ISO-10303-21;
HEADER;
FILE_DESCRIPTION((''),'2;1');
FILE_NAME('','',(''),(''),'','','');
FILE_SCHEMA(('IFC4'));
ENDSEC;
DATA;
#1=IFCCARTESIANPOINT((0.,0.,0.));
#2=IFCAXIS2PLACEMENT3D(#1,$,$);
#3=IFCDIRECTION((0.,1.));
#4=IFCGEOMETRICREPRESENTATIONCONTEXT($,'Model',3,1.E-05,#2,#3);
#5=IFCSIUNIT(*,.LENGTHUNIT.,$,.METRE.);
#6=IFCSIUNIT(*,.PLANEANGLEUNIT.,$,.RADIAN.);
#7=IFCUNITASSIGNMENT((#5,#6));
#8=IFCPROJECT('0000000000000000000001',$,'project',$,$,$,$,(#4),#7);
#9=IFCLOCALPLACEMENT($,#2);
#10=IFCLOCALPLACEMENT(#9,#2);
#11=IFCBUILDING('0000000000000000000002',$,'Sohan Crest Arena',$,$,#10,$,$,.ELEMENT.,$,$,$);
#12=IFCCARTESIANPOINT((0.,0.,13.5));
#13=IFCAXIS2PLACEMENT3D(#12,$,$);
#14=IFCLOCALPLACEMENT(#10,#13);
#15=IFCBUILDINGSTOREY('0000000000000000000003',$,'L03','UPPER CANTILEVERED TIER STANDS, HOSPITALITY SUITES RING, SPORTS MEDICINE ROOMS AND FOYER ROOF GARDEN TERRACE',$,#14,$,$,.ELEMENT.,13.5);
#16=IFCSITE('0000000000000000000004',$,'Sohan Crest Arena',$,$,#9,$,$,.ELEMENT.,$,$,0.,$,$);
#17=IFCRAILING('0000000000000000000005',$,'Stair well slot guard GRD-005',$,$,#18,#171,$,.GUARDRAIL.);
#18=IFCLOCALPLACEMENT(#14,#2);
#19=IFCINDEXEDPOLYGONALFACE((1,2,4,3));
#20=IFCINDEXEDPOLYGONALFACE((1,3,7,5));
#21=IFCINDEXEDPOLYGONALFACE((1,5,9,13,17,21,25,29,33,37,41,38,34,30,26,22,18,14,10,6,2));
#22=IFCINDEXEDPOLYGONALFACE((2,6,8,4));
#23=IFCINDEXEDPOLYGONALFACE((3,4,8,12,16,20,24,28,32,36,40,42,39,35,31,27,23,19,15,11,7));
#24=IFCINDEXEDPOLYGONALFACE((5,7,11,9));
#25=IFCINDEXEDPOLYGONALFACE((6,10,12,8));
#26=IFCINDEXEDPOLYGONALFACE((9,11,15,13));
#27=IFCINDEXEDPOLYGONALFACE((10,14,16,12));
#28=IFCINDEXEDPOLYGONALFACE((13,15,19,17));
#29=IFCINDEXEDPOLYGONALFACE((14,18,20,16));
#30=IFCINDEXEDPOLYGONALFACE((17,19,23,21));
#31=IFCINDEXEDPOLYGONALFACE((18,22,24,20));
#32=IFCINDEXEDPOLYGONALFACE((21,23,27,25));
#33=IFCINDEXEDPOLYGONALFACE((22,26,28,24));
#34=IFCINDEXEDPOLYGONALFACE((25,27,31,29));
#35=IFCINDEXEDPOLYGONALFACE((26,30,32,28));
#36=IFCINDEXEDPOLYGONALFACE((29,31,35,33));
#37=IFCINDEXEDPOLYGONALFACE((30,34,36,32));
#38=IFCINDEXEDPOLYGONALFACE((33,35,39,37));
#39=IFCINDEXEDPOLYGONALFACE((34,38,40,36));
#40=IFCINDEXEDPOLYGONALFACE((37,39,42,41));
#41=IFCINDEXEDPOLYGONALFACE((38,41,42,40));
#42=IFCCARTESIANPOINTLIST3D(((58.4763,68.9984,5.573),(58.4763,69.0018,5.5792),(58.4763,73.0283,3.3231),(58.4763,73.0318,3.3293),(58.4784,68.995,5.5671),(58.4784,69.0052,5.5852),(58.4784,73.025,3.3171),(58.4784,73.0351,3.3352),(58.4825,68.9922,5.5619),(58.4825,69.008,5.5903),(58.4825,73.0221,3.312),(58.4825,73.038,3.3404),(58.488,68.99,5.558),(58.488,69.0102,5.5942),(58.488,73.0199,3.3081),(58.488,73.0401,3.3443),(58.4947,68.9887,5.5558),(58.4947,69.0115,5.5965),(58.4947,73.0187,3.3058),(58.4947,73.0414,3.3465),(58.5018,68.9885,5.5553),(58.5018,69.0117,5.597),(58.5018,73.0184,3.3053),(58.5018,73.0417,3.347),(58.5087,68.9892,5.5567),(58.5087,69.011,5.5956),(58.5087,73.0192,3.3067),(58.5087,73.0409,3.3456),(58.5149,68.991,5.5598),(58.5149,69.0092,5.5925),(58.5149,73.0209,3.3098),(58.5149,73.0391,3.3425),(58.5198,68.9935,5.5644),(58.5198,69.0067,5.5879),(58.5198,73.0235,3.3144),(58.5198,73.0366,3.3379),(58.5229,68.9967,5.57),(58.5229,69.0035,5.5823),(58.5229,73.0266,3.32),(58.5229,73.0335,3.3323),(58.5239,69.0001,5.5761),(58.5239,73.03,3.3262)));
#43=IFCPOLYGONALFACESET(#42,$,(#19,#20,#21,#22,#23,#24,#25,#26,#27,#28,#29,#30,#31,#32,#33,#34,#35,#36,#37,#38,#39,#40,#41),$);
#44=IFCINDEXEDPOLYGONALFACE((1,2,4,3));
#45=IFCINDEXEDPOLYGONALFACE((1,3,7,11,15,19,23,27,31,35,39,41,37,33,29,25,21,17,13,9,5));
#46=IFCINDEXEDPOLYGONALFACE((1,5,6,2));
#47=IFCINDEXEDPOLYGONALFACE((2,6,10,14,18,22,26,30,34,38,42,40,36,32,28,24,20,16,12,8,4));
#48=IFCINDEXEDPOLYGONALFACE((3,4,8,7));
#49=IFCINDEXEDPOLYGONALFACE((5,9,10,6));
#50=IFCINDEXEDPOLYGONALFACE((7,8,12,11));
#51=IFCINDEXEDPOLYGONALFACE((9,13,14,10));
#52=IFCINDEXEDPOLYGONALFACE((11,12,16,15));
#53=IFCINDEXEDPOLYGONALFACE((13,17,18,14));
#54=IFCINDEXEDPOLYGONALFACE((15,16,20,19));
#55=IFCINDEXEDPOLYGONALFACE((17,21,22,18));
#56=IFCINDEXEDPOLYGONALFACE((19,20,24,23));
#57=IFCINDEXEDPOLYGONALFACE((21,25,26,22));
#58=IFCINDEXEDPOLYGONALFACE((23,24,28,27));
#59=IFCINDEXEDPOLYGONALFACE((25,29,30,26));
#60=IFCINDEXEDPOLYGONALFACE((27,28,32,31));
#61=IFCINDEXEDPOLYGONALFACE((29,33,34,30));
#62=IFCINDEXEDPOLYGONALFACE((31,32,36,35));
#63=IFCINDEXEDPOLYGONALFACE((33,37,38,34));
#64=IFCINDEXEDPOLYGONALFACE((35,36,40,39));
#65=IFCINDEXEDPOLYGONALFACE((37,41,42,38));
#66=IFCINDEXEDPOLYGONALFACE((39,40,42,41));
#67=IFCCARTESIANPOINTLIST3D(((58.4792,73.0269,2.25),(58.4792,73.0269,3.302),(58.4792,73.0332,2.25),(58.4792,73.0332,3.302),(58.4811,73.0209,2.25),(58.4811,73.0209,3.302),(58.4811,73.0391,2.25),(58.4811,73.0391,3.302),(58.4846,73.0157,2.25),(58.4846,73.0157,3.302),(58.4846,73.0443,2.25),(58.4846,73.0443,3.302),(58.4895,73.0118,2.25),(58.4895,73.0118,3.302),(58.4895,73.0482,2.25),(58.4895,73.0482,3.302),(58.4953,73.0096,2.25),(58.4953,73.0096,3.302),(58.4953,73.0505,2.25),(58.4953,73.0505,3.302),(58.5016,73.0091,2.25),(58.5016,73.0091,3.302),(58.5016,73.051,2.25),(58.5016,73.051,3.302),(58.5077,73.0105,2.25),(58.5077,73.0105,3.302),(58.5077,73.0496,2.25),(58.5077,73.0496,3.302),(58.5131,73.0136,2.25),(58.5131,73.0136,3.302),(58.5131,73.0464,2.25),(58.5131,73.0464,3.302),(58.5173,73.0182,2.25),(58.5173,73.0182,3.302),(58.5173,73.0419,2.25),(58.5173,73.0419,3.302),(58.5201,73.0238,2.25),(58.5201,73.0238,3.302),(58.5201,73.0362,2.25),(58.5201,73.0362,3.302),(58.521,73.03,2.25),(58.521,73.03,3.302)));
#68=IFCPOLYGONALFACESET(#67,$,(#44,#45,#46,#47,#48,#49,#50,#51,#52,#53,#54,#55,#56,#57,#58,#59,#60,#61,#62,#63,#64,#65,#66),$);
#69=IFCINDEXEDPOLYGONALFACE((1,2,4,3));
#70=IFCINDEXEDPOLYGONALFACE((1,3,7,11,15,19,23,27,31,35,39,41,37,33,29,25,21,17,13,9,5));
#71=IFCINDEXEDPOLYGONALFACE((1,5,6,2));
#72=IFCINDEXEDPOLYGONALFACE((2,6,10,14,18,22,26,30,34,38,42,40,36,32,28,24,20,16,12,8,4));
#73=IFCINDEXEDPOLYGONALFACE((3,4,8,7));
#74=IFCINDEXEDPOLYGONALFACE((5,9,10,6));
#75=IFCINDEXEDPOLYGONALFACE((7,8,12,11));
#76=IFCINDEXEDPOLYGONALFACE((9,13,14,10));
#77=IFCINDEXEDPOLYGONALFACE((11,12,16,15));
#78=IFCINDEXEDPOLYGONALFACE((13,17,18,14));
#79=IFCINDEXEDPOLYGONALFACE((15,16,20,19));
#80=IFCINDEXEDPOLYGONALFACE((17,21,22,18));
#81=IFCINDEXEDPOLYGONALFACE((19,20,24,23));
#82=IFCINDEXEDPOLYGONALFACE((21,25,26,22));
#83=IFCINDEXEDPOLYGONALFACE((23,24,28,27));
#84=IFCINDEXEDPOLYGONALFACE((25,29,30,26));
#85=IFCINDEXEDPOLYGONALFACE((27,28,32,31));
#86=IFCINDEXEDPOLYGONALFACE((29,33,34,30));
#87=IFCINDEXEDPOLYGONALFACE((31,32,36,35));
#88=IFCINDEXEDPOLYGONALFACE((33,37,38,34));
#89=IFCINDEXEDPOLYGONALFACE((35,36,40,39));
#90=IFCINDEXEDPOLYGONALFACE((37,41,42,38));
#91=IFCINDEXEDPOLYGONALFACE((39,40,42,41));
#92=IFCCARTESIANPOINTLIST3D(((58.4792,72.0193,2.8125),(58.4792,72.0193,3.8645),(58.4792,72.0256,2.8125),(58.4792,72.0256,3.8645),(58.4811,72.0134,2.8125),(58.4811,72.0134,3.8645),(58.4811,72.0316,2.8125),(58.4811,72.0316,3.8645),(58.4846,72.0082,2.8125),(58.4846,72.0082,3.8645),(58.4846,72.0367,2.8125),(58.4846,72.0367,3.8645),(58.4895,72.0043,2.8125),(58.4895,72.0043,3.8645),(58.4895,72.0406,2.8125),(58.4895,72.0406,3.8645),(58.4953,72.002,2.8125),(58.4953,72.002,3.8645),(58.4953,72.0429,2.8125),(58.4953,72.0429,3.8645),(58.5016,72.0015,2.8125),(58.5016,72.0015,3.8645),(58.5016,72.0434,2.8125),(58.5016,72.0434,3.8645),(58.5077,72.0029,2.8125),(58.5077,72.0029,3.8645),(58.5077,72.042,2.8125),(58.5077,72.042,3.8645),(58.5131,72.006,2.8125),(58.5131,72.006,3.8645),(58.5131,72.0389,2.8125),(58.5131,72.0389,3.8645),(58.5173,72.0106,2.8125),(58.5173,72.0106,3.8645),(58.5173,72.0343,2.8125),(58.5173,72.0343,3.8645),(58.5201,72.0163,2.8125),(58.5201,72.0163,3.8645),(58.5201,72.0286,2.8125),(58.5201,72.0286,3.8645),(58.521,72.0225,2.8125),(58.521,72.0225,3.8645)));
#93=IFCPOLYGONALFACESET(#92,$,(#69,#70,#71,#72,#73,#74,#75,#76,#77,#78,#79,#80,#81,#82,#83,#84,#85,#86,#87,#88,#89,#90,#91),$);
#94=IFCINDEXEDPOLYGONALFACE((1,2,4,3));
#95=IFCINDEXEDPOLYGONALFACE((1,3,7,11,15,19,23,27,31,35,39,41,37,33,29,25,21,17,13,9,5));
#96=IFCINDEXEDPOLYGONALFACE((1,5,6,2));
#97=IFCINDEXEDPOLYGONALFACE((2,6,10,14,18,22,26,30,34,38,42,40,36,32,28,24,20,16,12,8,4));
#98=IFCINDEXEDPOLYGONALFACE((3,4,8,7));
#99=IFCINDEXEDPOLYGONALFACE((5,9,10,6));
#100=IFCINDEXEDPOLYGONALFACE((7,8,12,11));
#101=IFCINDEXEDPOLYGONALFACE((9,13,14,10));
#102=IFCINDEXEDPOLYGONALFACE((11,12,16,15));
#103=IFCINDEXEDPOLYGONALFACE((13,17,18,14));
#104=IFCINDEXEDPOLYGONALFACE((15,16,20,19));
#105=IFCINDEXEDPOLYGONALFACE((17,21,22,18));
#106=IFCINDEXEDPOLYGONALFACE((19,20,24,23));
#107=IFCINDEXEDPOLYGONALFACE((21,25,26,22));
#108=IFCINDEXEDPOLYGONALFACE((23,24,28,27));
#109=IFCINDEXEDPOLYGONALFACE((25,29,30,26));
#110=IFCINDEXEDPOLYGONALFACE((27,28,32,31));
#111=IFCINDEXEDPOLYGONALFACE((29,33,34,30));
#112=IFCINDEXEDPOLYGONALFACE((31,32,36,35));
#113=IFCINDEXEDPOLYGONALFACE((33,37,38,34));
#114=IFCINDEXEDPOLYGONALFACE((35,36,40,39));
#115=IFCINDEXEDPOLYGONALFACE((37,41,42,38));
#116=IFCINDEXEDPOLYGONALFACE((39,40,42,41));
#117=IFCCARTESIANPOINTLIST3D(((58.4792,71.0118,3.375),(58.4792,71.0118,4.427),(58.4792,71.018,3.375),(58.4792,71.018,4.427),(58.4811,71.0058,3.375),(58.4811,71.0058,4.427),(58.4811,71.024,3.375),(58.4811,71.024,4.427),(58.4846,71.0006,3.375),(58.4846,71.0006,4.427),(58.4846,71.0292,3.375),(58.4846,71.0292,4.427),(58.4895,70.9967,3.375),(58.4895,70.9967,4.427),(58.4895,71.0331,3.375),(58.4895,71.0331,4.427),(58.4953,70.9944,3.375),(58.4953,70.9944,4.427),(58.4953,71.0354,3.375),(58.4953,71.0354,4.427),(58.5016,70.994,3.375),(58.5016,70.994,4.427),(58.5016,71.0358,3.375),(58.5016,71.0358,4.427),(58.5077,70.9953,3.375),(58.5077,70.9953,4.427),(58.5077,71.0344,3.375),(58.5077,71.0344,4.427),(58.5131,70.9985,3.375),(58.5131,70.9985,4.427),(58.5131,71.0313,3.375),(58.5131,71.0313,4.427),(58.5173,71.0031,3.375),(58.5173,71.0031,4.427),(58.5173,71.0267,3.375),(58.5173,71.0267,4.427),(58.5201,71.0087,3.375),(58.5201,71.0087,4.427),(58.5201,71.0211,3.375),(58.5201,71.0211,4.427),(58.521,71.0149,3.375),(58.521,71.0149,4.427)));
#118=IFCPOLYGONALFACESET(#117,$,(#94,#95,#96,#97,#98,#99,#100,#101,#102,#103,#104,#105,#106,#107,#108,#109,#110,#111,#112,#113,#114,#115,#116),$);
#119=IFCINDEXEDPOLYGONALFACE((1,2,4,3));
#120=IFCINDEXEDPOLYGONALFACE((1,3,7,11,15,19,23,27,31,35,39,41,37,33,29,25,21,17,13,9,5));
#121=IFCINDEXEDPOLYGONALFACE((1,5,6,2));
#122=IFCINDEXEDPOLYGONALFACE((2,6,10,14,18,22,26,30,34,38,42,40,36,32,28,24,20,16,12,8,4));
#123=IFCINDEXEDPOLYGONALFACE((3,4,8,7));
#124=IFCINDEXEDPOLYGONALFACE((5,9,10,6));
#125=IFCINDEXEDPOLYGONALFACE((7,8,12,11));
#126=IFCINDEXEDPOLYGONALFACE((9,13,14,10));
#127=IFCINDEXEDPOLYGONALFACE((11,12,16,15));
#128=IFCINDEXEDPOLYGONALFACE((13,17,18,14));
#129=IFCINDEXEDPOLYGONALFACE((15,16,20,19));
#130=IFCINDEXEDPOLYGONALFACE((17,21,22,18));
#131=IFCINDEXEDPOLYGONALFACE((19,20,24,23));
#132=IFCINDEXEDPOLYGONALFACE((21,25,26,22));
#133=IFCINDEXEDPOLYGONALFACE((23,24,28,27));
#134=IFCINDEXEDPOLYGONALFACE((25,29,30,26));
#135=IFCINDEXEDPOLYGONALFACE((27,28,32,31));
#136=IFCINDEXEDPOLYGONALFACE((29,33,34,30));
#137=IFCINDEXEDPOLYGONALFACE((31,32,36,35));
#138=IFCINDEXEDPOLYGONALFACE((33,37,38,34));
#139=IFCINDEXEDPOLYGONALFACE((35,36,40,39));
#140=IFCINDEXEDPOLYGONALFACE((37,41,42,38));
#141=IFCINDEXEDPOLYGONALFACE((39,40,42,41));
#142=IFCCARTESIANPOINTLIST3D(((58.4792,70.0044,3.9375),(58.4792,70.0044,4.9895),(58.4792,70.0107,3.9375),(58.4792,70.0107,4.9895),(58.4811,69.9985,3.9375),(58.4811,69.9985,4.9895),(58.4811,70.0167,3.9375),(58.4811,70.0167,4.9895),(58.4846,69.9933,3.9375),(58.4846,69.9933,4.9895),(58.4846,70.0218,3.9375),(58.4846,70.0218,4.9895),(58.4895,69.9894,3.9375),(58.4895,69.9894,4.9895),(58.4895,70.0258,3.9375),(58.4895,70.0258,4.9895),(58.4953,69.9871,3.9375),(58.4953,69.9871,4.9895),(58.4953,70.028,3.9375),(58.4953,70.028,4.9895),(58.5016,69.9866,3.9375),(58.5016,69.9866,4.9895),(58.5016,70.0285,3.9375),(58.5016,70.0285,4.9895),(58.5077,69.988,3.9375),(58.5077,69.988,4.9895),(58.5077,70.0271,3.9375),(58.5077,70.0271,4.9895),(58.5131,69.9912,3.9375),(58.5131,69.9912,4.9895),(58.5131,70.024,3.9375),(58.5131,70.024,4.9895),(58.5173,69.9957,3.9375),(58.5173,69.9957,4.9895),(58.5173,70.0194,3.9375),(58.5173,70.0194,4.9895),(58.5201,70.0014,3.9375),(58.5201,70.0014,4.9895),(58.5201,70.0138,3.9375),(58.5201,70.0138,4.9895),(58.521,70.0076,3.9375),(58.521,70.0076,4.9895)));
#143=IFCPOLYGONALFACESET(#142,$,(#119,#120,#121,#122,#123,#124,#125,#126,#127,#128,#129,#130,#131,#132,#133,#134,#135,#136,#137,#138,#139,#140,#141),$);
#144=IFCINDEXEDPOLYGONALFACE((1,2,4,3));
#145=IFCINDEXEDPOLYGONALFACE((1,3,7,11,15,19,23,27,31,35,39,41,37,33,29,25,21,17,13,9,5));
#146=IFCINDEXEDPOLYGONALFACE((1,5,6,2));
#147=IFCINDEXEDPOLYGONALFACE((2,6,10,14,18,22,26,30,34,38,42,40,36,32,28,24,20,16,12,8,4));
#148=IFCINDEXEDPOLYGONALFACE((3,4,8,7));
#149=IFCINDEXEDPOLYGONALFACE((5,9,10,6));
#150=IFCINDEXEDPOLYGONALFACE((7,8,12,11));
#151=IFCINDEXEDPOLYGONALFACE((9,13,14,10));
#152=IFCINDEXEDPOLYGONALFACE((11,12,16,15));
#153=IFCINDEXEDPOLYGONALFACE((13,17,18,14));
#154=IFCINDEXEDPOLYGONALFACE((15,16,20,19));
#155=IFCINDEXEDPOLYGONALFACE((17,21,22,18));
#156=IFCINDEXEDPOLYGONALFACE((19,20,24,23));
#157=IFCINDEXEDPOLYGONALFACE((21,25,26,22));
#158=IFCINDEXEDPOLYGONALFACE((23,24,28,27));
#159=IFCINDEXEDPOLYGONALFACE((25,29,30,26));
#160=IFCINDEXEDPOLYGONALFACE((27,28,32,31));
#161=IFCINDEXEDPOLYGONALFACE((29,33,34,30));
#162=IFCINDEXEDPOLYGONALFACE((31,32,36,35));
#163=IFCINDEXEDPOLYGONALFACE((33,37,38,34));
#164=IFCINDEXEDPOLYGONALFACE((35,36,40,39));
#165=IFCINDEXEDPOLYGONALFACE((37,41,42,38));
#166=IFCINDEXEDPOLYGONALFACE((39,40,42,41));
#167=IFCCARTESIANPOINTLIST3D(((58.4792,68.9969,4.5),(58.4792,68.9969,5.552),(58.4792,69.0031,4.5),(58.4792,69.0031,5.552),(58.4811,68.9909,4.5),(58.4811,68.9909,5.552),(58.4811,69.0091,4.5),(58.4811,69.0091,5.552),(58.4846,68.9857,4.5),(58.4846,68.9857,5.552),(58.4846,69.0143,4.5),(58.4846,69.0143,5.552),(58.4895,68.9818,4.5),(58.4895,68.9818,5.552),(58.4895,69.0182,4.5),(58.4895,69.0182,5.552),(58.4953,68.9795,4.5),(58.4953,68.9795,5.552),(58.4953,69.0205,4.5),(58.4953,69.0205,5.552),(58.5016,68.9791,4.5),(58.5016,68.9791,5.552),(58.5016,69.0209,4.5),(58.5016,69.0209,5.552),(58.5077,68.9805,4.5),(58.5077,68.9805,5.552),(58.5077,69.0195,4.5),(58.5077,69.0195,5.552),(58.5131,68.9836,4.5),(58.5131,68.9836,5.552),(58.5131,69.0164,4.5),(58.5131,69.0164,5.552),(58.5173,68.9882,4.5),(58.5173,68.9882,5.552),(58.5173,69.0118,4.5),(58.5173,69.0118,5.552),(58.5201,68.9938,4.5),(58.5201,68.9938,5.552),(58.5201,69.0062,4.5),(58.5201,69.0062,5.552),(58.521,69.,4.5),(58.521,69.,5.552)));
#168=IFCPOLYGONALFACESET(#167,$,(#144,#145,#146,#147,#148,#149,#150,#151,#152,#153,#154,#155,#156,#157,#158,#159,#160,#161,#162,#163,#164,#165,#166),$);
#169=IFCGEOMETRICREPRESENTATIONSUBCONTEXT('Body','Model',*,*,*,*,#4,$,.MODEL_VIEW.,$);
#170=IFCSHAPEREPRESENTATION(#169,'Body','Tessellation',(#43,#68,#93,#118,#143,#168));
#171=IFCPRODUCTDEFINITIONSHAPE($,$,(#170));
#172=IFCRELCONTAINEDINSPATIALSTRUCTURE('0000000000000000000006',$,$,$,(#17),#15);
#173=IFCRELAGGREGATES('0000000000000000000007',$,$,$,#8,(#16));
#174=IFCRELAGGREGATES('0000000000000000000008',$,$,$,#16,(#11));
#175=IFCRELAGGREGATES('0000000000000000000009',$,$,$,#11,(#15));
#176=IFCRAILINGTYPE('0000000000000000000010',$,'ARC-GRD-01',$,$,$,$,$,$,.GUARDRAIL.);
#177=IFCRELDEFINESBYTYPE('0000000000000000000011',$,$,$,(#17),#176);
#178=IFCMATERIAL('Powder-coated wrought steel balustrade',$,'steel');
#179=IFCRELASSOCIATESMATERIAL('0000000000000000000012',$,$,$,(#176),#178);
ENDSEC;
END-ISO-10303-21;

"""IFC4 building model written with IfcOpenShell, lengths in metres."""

from ifc_helpers import new_model, si_unit, direction, frame, origin, origin_2d, place, context, subcontext, project, spatial, circle, extrude, material, type_object, element, save


model = new_model("IFC4")

# Units and contexts
model_context = context("Model", 3, precision=1e-05, world=origin(), true_north=direction((0.0, 1.0)))
body_context = subcontext(model_context, "Body", "Model", "MODEL_VIEW")
ifc_project = project(units=[si_unit("LENGTHUNIT", "METRE"), si_unit("PLANEANGLEUNIT", "RADIAN")], contexts=[model_context])

# Site, building, storey
site_placement = place(None, origin())
site = spatial("IfcSite", under=ifc_project, at=site_placement, Name="Sohan Crest Arena", CompositionType="ELEMENT", RefElevation=0.0)
building_placement = place(site_placement, origin())
building = spatial("IfcBuilding", under=site, at=building_placement, Name="Sohan Crest Arena", CompositionType="ELEMENT")
storey_placement = place(building_placement, frame((0.0, 0.0, 13.5)))
storey = spatial("IfcBuildingStorey", under=building, at=storey_placement, Name="L03", Description="UPPER CANTILEVERED TIER STANDS, HOSPITALITY SUITES RING, SPORTS MEDICINE ROOMS AND FOYER ROOF GARDEN TERRACE", CompositionType="ELEMENT", Elevation=13.5)

# Railing
ifc_material_1 = material(Name="Powder-coated wrought steel balustrade", Category="steel")
railing_type_1 = type_object("IfcRailingType", Name="ARC-GRD-01", PredefinedType="GUARDRAIL", material=ifc_material_1)
for number, where, name in (
    (1, (58.5, 73.03, 2.25), "Stair well slot guard GRD-005"),
):
    element("IfcRailing", number, at=place(storey_placement, frame(where)), inside=storey, type_object=railing_type_1, Name=name, PredefinedType="GUARDRAIL", context=body_context, shape_type="SweptSolid", body=[
        extrude(circle(Radius=0.0239, at=origin_2d()), frame((0.0, 0.0, 1.0762), z_axis=(0.0, -0.873135, 0.487479), x_axis=(1.0, 0.0, 0.0)), (0.0, 0.0, 1.0), 4.6155),
        extrude(circle(Radius=0.021, at=origin_2d()), origin(), (0.0, 0.0, 1.0), 1.052),
        extrude(circle(Radius=0.021, at=origin_2d()), frame((0.0, -1.0076, 0.5625)), (0.0, 0.0, 1.0), 1.052),
        extrude(circle(Radius=0.021, at=origin_2d()), frame((0.0, -2.0151, 1.125)), (0.0, 0.0, 1.0), 1.052),
        extrude(circle(Radius=0.021, at=origin_2d()), frame((0.0, -3.0225, 1.6875)), (0.0, 0.0, 1.0), 1.052),
        extrude(circle(Radius=0.021, at=origin_2d()), frame((0.0, -4.03, 2.25)), (0.0, 0.0, 1.0), 1.052),
    ])

save(model, "model.ifc")
